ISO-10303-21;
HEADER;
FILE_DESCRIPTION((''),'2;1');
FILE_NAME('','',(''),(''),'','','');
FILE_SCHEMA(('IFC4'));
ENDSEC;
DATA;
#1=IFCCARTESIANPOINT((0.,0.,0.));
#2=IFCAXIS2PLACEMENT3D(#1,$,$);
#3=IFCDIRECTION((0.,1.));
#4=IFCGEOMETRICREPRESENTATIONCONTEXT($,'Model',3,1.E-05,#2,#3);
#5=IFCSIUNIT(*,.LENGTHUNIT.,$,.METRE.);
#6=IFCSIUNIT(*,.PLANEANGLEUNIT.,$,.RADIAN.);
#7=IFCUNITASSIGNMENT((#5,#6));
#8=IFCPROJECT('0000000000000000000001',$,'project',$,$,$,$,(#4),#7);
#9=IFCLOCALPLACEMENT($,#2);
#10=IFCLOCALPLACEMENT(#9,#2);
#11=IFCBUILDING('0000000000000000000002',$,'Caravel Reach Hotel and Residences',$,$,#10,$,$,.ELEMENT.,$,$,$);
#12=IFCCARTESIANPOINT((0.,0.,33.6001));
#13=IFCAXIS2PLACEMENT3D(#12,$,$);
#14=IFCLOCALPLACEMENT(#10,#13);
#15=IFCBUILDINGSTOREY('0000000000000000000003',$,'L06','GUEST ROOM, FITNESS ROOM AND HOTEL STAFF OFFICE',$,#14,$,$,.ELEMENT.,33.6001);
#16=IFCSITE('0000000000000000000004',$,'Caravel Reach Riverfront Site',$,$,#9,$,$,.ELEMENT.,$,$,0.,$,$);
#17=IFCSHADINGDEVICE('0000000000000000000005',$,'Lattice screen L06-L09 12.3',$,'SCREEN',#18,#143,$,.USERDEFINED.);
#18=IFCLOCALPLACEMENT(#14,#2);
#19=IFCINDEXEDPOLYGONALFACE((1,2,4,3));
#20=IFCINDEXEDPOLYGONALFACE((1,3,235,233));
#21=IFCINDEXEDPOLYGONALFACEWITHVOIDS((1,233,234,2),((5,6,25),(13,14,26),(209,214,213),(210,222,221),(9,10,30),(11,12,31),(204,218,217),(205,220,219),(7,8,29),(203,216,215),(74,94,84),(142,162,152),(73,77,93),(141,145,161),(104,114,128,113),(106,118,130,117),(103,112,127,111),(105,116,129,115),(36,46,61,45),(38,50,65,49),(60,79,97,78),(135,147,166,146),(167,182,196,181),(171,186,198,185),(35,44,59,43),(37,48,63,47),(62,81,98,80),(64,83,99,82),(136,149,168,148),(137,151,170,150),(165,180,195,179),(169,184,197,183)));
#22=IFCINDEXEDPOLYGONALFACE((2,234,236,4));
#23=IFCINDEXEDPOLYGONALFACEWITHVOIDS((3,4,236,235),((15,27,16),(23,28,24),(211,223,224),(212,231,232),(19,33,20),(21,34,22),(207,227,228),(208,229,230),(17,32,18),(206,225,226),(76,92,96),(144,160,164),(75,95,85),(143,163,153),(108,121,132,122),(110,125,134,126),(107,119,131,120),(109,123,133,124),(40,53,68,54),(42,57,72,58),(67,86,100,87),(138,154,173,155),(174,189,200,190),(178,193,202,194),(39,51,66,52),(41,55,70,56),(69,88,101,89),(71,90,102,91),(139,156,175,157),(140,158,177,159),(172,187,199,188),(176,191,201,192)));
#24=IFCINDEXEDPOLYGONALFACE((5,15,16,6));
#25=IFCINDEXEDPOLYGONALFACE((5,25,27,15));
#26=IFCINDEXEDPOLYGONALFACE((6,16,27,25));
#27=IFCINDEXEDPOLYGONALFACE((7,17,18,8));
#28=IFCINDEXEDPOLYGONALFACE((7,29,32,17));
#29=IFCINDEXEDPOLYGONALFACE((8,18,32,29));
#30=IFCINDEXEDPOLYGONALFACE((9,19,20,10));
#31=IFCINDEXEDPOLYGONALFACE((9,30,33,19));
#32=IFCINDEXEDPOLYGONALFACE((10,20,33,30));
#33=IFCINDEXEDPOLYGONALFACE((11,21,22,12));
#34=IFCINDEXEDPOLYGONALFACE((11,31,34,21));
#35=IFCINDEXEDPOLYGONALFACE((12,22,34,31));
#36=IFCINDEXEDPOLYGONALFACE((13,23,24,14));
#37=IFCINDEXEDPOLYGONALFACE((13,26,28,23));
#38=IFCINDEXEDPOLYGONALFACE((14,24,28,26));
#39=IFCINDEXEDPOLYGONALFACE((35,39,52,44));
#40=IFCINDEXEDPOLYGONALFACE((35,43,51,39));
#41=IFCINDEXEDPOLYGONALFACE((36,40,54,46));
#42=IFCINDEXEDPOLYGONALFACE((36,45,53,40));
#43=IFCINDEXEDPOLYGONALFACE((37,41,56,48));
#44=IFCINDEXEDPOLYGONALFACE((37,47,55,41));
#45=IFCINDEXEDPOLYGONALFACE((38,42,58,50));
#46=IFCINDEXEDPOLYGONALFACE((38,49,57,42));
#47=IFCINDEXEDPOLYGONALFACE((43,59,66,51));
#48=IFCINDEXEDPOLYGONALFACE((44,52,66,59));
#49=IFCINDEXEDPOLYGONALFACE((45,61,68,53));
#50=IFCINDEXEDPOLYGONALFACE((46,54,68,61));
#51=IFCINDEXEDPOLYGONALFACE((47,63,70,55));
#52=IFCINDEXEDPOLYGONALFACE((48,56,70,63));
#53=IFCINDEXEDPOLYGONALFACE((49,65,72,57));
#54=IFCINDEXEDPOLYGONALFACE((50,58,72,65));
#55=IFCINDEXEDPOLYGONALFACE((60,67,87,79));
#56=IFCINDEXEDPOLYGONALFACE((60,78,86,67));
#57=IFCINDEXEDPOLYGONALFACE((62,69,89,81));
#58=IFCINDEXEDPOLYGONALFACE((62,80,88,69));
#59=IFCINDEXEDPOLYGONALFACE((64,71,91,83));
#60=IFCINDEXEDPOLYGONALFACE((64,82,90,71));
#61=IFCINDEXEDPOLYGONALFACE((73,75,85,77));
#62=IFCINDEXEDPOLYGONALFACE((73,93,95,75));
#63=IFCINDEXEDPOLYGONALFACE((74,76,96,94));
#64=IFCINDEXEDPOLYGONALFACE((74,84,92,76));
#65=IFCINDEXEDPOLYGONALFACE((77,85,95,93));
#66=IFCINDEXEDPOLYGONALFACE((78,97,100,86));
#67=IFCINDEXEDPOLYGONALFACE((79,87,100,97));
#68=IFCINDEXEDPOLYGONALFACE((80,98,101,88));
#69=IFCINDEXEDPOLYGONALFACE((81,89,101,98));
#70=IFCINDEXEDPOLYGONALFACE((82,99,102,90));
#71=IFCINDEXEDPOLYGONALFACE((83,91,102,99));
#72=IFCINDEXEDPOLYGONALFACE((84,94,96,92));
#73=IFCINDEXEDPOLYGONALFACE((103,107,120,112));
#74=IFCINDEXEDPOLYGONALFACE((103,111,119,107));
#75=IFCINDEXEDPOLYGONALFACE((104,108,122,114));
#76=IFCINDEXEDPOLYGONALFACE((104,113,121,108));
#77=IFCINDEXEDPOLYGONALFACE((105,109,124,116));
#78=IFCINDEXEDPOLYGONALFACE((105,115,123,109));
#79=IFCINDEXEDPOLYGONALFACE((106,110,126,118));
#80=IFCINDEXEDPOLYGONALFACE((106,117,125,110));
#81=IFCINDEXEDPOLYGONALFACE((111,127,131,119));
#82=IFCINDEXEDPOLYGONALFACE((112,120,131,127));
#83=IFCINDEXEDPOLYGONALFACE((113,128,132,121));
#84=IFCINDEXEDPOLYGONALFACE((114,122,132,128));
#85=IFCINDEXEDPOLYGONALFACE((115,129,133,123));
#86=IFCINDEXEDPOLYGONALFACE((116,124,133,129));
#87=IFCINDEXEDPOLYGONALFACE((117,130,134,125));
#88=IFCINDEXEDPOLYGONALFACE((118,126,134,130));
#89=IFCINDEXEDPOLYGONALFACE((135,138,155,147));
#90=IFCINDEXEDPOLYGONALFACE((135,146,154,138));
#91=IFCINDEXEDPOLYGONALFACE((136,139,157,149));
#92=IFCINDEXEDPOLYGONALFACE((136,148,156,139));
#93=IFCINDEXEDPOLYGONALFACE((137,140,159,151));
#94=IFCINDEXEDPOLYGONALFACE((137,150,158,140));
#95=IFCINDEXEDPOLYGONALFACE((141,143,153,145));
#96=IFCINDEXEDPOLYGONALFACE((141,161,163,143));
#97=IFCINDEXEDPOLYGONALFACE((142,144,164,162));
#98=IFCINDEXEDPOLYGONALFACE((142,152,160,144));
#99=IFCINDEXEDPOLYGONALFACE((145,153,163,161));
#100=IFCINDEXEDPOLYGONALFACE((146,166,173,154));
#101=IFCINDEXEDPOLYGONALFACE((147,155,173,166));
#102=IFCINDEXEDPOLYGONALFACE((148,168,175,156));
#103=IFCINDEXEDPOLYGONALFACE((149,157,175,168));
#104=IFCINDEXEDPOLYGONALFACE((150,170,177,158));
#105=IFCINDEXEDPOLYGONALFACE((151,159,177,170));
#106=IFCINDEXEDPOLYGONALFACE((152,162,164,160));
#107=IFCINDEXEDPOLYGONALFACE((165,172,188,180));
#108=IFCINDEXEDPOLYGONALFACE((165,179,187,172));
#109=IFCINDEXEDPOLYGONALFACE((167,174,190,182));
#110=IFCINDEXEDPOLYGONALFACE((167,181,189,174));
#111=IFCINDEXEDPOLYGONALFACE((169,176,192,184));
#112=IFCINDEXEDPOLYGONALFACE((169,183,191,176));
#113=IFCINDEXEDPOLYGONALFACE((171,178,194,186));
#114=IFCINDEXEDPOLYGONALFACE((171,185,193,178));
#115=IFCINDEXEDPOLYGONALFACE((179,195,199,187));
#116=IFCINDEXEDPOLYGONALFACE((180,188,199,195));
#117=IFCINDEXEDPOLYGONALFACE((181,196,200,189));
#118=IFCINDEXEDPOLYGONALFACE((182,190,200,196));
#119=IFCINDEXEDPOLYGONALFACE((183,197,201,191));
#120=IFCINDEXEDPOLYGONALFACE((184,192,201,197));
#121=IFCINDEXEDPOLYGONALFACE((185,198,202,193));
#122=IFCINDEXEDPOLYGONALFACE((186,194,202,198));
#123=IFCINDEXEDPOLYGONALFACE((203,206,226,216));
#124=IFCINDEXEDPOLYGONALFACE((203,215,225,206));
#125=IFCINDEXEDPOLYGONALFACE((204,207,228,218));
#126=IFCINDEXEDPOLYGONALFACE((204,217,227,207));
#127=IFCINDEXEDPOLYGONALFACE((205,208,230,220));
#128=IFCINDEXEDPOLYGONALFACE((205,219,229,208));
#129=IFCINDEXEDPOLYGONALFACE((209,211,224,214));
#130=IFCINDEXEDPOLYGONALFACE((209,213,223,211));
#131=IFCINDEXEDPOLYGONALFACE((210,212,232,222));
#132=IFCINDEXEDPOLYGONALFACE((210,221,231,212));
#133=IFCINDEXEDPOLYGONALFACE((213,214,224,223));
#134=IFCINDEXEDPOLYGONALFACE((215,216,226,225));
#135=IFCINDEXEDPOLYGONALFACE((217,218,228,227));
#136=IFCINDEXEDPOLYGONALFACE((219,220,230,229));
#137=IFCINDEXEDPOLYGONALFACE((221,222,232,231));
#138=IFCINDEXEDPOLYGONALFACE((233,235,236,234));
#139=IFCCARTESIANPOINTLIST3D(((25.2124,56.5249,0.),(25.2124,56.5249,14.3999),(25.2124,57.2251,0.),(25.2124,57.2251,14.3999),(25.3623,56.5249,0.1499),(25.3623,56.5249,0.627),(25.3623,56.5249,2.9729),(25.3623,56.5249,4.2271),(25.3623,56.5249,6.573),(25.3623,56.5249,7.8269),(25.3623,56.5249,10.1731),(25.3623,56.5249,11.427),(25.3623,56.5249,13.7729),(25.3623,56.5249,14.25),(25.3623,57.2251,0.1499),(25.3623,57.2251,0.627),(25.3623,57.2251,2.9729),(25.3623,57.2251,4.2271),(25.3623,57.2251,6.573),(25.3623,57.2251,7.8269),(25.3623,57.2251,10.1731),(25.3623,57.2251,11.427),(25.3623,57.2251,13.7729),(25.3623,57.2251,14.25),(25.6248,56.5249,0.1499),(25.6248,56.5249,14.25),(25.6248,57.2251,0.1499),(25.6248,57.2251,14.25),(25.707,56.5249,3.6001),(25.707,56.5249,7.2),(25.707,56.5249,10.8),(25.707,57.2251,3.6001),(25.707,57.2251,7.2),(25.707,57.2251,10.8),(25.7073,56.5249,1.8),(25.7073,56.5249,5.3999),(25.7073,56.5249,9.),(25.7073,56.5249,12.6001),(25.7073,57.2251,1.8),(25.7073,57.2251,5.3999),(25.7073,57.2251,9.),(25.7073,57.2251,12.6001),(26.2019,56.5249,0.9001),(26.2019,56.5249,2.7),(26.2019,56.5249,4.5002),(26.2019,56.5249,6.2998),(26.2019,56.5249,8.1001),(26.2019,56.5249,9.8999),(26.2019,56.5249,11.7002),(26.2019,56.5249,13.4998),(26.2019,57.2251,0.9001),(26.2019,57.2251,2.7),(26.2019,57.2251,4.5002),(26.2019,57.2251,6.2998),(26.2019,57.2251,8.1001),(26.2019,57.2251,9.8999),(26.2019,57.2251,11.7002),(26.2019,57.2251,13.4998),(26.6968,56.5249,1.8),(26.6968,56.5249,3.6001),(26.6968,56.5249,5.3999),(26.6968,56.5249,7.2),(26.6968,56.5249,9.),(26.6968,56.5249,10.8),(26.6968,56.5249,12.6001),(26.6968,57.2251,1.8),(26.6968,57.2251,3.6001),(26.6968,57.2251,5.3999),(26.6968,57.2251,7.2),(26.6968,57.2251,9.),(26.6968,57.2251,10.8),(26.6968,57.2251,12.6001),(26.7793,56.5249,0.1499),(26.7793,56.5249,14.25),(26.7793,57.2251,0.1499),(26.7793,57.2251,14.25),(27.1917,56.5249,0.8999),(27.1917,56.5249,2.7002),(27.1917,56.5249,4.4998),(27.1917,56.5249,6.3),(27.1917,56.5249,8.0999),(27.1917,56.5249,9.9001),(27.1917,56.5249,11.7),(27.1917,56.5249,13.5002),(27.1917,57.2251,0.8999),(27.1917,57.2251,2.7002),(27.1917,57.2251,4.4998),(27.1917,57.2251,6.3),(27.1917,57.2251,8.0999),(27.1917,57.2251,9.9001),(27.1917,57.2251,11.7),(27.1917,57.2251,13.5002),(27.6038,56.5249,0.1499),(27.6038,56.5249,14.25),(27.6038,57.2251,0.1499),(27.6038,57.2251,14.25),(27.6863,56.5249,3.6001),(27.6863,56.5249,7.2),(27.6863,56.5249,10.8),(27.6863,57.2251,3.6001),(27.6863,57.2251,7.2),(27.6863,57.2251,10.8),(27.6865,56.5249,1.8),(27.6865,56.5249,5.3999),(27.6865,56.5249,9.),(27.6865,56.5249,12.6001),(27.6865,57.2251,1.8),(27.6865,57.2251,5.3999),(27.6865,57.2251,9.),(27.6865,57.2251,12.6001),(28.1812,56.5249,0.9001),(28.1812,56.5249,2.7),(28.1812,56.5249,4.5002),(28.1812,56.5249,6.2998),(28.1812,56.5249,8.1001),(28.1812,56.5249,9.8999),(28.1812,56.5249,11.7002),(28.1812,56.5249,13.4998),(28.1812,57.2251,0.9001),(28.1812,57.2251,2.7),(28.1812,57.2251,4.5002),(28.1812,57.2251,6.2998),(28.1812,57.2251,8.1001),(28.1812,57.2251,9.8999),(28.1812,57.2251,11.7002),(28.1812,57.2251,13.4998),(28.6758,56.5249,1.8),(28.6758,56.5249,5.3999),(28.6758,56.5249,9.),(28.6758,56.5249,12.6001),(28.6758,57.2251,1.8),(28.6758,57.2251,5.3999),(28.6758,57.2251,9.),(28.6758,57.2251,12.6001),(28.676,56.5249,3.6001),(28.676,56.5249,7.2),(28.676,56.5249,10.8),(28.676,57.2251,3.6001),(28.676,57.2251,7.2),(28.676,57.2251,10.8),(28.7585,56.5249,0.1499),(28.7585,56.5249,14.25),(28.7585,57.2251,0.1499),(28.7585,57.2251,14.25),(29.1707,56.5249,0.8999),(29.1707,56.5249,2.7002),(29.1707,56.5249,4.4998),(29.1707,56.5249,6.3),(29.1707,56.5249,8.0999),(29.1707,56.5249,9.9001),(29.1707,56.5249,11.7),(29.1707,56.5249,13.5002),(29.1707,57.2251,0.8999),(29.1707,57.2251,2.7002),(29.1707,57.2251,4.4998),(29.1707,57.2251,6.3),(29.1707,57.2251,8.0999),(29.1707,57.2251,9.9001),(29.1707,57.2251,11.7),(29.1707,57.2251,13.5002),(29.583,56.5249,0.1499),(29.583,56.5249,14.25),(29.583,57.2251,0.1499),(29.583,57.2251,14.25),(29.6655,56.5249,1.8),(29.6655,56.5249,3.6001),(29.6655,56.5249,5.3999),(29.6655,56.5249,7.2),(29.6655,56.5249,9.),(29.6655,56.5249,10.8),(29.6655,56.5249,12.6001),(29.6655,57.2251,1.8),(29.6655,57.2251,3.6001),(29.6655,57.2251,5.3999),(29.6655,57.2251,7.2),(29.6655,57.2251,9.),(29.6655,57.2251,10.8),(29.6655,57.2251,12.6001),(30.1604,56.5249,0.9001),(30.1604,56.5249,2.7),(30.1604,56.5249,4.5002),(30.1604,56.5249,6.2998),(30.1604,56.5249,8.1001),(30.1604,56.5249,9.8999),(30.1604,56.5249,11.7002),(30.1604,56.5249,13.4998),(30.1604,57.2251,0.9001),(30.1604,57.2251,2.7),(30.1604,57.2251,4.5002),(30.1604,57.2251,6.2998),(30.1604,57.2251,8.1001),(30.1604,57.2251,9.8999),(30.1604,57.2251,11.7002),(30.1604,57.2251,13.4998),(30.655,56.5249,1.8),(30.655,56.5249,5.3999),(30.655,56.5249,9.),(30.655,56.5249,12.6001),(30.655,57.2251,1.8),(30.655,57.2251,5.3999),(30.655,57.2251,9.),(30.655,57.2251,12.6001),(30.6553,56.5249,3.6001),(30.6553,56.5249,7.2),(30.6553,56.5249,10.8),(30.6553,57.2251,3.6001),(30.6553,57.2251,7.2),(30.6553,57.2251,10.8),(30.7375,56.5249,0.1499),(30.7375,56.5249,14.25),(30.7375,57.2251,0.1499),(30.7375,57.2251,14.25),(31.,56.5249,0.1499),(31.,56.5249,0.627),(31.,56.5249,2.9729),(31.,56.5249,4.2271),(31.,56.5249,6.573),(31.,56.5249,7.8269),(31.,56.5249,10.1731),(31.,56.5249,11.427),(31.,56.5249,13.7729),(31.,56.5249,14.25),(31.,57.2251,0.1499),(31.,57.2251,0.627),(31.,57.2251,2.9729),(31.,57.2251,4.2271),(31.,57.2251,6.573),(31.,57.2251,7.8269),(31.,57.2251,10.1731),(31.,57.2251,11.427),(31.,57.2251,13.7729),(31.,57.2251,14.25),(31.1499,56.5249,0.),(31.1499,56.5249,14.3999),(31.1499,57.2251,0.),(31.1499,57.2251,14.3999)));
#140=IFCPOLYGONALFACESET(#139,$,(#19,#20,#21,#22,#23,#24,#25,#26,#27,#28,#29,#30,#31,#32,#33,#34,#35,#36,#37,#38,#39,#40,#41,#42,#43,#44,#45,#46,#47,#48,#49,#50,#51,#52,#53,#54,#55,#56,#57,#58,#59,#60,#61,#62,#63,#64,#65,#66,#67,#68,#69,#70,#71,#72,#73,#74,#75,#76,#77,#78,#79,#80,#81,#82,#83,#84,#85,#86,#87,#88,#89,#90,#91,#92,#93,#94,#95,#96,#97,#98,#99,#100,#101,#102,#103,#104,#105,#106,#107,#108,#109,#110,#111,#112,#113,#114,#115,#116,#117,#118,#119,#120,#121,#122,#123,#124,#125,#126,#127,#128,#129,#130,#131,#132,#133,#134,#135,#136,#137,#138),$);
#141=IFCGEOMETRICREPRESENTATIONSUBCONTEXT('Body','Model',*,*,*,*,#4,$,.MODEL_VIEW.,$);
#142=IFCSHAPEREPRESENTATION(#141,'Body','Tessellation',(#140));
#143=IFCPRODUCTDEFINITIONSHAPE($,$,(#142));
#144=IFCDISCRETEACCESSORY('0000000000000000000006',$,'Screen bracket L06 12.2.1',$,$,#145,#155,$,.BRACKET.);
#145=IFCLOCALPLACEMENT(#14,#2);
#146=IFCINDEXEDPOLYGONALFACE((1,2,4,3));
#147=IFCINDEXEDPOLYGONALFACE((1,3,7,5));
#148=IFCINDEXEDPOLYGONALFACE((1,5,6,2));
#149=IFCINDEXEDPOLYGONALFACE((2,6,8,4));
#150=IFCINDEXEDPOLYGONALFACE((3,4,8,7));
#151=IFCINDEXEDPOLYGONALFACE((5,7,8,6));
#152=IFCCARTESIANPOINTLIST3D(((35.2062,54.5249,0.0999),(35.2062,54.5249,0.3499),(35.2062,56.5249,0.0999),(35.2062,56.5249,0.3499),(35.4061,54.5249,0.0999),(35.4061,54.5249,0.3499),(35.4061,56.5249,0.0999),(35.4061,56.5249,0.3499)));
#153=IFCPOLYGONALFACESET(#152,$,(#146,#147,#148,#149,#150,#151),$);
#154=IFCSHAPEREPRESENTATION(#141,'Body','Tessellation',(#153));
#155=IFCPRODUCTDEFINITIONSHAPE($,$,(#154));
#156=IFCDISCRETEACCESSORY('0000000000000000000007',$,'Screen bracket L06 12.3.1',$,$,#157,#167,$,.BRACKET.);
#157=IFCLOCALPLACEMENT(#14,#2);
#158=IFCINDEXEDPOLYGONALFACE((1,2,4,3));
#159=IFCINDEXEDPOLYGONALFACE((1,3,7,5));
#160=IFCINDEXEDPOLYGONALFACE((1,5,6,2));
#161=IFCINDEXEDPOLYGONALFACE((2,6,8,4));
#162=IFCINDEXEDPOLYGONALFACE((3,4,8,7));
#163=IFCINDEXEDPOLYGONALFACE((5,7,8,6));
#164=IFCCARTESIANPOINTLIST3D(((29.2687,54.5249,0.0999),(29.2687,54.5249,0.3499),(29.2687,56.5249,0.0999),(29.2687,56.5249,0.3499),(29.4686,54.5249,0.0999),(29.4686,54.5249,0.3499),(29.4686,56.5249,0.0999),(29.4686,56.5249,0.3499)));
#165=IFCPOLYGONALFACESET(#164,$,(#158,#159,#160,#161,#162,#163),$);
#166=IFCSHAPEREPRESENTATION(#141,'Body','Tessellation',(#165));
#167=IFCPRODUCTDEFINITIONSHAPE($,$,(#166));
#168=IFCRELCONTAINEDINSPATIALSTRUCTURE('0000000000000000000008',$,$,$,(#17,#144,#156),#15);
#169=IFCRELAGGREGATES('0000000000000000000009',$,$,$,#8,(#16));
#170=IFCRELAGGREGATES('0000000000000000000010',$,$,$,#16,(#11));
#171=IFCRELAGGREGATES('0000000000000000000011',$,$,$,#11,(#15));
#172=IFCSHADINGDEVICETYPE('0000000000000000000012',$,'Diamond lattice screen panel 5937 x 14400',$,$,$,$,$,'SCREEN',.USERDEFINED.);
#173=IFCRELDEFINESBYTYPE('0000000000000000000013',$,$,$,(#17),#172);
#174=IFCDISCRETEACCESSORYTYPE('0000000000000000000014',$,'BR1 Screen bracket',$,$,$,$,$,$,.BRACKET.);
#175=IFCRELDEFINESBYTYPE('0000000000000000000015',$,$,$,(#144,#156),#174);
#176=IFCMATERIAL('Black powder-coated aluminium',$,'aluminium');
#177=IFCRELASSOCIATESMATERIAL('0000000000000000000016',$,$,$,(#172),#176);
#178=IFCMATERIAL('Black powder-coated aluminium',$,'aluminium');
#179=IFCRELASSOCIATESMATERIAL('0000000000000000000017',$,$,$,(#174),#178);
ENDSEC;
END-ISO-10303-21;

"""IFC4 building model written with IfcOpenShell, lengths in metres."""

from ifc_helpers import new_model, si_unit, direction, frame, origin, origin_2d, place, context, subcontext, project, spatial, polyline, rectangle, outline, extrude, material, type_object, element, save


model = new_model("IFC4")

# Units and contexts
model_context = context("Model", 3, precision=1e-05, world=origin(), true_north=direction((0.0, 1.0)))
body_context = subcontext(model_context, "Body", "Model", "MODEL_VIEW")
ifc_project = project(units=[si_unit("LENGTHUNIT", "METRE"), si_unit("PLANEANGLEUNIT", "RADIAN")], contexts=[model_context])

# Site, building, storey
site_placement = place(None, origin())
site = spatial("IfcSite", under=ifc_project, at=site_placement, Name="Caravel Reach Riverfront Site", CompositionType="ELEMENT", RefElevation=0.0)
building_placement = place(site_placement, origin())
building = spatial("IfcBuilding", under=site, at=building_placement, Name="Caravel Reach Hotel and Residences", CompositionType="ELEMENT")
storey_placement = place(building_placement, frame((0.0, 0.0, 33.6001)))
storey = spatial("IfcBuildingStorey", under=building, at=storey_placement, Name="L06", Description="GUEST ROOM, FITNESS ROOM AND HOTEL STAFF OFFICE", CompositionType="ELEMENT", Elevation=33.6001)

# Shading device
ifc_material_1 = material(Name="Black powder-coated aluminium", Category="aluminium")
shading_device_type = type_object("IfcShadingDeviceType", Name="Diamond lattice screen panel 5937 x 14400", ElementType="SCREEN", PredefinedType="USERDEFINED", material=ifc_material_1)
shading_device_1_placement = place(storey_placement, frame((31.1499, 56.5249, 0.0), z_axis=(0.0, 1.0, 0.0), x_axis=(-1.0, 0.0, 0.0)))
element("IfcShadingDevice", 1, at=shading_device_1_placement, inside=storey, type_object=shading_device_type, Name="Lattice screen L06-L09 12.3", ObjectType="SCREEN", PredefinedType="USERDEFINED", context=body_context, shape_type="SweptSolid", body=[
    extrude(outline(polyline([(0.0, 0.0), (5.9375, 0.0), (5.9375, 14.3999), (0.0, 14.3999), (0.0, 0.0)]), holes=[polyline([(0.4124, 0.1499), (0.1499, 0.627), (0.1499, 0.1499), (0.4124, 0.1499)]), polyline([(0.4946, 3.6001), (0.1499, 4.2271), (0.1499, 2.9729), (0.4946, 3.6001)]), polyline([(0.4946, 7.2), (0.1499, 7.8269), (0.1499, 6.573), (0.4946, 7.2)]), polyline([(0.4946, 10.8), (0.1499, 11.427), (0.1499, 10.1731), (0.4946, 10.8)]), polyline([(0.1499, 13.7729), (0.4124, 14.25), (0.1499, 14.25), (0.1499, 13.7729)]), polyline([(0.9895, 2.7), (0.4949, 1.8), (0.9895, 0.9001), (1.4844, 1.8), (0.9895, 2.7)]), polyline([(0.9895, 6.2998), (0.4949, 5.3999), (0.9895, 4.5002), (1.4844, 5.3999), (0.9895, 6.2998)]), polyline([(0.9895, 9.8999), (0.4949, 9.0), (0.9895, 8.1001), (1.4844, 9.0), (0.9895, 9.8999)]), polyline([(0.9895, 13.4998), (0.4949, 12.6001), (0.9895, 11.7002), (1.4844, 12.6001), (0.9895, 13.4998)]), polyline([(1.9792, 0.8999), (1.5669, 0.1499), (2.3914, 0.1499), (1.9792, 0.8999)]), polyline([(1.9792, 4.4998), (1.4844, 3.6001), (1.9792, 2.7002), (2.4739, 3.6001), (1.9792, 4.4998)]), polyline([(1.9792, 8.0999), (1.4844, 7.2), (1.9792, 6.3), (2.4739, 7.2), (1.9792, 8.0999)]), polyline([(1.9792, 11.7), (1.4844, 10.8), (1.9792, 9.9001), (2.4739, 10.8), (1.9792, 11.7)]), polyline([(1.9792, 13.5002), (2.3914, 14.25), (1.5669, 14.25), (1.9792, 13.5002)]), polyline([(2.9688, 2.7), (2.4741, 1.8), (2.9688, 0.9001), (3.4634, 1.8), (2.9688, 2.7)]), polyline([(2.9688, 6.2998), (2.4741, 5.3999), (2.9688, 4.5002), (3.4634, 5.3999), (2.9688, 6.2998)]), polyline([(2.9688, 9.8999), (2.4741, 9.0), (2.9688, 8.1001), (3.4634, 9.0), (2.9688, 9.8999)]), polyline([(2.9688, 13.4998), (2.4741, 12.6001), (2.9688, 11.7002), (3.4634, 12.6001), (2.9688, 13.4998)]), polyline([(3.9583, 0.8999), (3.5461, 0.1499), (4.3706, 0.1499), (3.9583, 0.8999)]), polyline([(3.9583, 4.4998), (3.4636, 3.6001), (3.9583, 2.7002), (4.4531, 3.6001), (3.9583, 4.4998)]), polyline([(3.9583, 8.0999), (3.4636, 7.2), (3.9583, 6.3), (4.4531, 7.2), (3.9583, 8.0999)]), polyline([(3.9583, 11.7), (3.4636, 10.8), (3.9583, 9.9001), (4.4531, 10.8), (3.9583, 11.7)]), polyline([(3.9583, 13.5002), (4.3706, 14.25), (3.5461, 14.25), (3.9583, 13.5002)]), polyline([(4.948, 2.7), (4.4531, 1.8), (4.948, 0.9001), (5.4426, 1.8), (4.948, 2.7)]), polyline([(4.948, 6.2998), (4.4531, 5.3999), (4.948, 4.5002), (5.4426, 5.3999), (4.948, 6.2998)]), polyline([(4.948, 9.8999), (4.4531, 9.0), (4.948, 8.1001), (5.4426, 9.0), (4.948, 9.8999)]), polyline([(4.948, 13.4998), (4.4531, 12.6001), (4.948, 11.7002), (5.4426, 12.6001), (4.948, 13.4998)]), polyline([(5.7876, 0.627), (5.5251, 0.1499), (5.7876, 0.1499), (5.7876, 0.627)]), polyline([(5.4429, 3.6001), (5.7876, 2.9729), (5.7876, 4.2271), (5.4429, 3.6001)]), polyline([(5.4429, 7.2), (5.7876, 6.573), (5.7876, 7.8269), (5.4429, 7.2)]), polyline([(5.4429, 10.8), (5.7876, 10.1731), (5.7876, 11.427), (5.4429, 10.8)]), polyline([(5.5251, 14.25), (5.7876, 13.7729), (5.7876, 14.25), (5.5251, 14.25)])]), origin(), (0.0, 0.0, 1.0), 0.7002),
])

# Discrete accessories
ifc_material_2 = material(Name="Black powder-coated aluminium", Category="aluminium")
discrete_accessory_type = type_object("IfcDiscreteAccessoryType", Name="BR1 Screen bracket", PredefinedType="BRACKET", material=ifc_material_2)
for number, where, z_axis, x_axis, name in (
    (2, (35.3062, 55.5249, 0.0999), (0.0, 0.0, 1.0), (0.0, 1.0, 0.0), "Screen bracket L06 12.2.1"),
    (3, (29.3687, 55.5249, 0.0999), (0.0, 0.0, 1.0), (0.0, 1.0, 0.0), "Screen bracket L06 12.3.1"),
):
    element("IfcDiscreteAccessory", number, at=place(storey_placement, frame(where, z_axis=z_axis, x_axis=x_axis)), inside=storey, type_object=discrete_accessory_type, Name=name, PredefinedType="BRACKET", context=body_context, shape_type="SweptSolid", body=[
        extrude(rectangle(XDim=2.0, YDim=0.2, at=origin_2d()), origin(), (0.0, 0.0, 1.0), 0.25),
    ])

save(model, "model.ifc")
